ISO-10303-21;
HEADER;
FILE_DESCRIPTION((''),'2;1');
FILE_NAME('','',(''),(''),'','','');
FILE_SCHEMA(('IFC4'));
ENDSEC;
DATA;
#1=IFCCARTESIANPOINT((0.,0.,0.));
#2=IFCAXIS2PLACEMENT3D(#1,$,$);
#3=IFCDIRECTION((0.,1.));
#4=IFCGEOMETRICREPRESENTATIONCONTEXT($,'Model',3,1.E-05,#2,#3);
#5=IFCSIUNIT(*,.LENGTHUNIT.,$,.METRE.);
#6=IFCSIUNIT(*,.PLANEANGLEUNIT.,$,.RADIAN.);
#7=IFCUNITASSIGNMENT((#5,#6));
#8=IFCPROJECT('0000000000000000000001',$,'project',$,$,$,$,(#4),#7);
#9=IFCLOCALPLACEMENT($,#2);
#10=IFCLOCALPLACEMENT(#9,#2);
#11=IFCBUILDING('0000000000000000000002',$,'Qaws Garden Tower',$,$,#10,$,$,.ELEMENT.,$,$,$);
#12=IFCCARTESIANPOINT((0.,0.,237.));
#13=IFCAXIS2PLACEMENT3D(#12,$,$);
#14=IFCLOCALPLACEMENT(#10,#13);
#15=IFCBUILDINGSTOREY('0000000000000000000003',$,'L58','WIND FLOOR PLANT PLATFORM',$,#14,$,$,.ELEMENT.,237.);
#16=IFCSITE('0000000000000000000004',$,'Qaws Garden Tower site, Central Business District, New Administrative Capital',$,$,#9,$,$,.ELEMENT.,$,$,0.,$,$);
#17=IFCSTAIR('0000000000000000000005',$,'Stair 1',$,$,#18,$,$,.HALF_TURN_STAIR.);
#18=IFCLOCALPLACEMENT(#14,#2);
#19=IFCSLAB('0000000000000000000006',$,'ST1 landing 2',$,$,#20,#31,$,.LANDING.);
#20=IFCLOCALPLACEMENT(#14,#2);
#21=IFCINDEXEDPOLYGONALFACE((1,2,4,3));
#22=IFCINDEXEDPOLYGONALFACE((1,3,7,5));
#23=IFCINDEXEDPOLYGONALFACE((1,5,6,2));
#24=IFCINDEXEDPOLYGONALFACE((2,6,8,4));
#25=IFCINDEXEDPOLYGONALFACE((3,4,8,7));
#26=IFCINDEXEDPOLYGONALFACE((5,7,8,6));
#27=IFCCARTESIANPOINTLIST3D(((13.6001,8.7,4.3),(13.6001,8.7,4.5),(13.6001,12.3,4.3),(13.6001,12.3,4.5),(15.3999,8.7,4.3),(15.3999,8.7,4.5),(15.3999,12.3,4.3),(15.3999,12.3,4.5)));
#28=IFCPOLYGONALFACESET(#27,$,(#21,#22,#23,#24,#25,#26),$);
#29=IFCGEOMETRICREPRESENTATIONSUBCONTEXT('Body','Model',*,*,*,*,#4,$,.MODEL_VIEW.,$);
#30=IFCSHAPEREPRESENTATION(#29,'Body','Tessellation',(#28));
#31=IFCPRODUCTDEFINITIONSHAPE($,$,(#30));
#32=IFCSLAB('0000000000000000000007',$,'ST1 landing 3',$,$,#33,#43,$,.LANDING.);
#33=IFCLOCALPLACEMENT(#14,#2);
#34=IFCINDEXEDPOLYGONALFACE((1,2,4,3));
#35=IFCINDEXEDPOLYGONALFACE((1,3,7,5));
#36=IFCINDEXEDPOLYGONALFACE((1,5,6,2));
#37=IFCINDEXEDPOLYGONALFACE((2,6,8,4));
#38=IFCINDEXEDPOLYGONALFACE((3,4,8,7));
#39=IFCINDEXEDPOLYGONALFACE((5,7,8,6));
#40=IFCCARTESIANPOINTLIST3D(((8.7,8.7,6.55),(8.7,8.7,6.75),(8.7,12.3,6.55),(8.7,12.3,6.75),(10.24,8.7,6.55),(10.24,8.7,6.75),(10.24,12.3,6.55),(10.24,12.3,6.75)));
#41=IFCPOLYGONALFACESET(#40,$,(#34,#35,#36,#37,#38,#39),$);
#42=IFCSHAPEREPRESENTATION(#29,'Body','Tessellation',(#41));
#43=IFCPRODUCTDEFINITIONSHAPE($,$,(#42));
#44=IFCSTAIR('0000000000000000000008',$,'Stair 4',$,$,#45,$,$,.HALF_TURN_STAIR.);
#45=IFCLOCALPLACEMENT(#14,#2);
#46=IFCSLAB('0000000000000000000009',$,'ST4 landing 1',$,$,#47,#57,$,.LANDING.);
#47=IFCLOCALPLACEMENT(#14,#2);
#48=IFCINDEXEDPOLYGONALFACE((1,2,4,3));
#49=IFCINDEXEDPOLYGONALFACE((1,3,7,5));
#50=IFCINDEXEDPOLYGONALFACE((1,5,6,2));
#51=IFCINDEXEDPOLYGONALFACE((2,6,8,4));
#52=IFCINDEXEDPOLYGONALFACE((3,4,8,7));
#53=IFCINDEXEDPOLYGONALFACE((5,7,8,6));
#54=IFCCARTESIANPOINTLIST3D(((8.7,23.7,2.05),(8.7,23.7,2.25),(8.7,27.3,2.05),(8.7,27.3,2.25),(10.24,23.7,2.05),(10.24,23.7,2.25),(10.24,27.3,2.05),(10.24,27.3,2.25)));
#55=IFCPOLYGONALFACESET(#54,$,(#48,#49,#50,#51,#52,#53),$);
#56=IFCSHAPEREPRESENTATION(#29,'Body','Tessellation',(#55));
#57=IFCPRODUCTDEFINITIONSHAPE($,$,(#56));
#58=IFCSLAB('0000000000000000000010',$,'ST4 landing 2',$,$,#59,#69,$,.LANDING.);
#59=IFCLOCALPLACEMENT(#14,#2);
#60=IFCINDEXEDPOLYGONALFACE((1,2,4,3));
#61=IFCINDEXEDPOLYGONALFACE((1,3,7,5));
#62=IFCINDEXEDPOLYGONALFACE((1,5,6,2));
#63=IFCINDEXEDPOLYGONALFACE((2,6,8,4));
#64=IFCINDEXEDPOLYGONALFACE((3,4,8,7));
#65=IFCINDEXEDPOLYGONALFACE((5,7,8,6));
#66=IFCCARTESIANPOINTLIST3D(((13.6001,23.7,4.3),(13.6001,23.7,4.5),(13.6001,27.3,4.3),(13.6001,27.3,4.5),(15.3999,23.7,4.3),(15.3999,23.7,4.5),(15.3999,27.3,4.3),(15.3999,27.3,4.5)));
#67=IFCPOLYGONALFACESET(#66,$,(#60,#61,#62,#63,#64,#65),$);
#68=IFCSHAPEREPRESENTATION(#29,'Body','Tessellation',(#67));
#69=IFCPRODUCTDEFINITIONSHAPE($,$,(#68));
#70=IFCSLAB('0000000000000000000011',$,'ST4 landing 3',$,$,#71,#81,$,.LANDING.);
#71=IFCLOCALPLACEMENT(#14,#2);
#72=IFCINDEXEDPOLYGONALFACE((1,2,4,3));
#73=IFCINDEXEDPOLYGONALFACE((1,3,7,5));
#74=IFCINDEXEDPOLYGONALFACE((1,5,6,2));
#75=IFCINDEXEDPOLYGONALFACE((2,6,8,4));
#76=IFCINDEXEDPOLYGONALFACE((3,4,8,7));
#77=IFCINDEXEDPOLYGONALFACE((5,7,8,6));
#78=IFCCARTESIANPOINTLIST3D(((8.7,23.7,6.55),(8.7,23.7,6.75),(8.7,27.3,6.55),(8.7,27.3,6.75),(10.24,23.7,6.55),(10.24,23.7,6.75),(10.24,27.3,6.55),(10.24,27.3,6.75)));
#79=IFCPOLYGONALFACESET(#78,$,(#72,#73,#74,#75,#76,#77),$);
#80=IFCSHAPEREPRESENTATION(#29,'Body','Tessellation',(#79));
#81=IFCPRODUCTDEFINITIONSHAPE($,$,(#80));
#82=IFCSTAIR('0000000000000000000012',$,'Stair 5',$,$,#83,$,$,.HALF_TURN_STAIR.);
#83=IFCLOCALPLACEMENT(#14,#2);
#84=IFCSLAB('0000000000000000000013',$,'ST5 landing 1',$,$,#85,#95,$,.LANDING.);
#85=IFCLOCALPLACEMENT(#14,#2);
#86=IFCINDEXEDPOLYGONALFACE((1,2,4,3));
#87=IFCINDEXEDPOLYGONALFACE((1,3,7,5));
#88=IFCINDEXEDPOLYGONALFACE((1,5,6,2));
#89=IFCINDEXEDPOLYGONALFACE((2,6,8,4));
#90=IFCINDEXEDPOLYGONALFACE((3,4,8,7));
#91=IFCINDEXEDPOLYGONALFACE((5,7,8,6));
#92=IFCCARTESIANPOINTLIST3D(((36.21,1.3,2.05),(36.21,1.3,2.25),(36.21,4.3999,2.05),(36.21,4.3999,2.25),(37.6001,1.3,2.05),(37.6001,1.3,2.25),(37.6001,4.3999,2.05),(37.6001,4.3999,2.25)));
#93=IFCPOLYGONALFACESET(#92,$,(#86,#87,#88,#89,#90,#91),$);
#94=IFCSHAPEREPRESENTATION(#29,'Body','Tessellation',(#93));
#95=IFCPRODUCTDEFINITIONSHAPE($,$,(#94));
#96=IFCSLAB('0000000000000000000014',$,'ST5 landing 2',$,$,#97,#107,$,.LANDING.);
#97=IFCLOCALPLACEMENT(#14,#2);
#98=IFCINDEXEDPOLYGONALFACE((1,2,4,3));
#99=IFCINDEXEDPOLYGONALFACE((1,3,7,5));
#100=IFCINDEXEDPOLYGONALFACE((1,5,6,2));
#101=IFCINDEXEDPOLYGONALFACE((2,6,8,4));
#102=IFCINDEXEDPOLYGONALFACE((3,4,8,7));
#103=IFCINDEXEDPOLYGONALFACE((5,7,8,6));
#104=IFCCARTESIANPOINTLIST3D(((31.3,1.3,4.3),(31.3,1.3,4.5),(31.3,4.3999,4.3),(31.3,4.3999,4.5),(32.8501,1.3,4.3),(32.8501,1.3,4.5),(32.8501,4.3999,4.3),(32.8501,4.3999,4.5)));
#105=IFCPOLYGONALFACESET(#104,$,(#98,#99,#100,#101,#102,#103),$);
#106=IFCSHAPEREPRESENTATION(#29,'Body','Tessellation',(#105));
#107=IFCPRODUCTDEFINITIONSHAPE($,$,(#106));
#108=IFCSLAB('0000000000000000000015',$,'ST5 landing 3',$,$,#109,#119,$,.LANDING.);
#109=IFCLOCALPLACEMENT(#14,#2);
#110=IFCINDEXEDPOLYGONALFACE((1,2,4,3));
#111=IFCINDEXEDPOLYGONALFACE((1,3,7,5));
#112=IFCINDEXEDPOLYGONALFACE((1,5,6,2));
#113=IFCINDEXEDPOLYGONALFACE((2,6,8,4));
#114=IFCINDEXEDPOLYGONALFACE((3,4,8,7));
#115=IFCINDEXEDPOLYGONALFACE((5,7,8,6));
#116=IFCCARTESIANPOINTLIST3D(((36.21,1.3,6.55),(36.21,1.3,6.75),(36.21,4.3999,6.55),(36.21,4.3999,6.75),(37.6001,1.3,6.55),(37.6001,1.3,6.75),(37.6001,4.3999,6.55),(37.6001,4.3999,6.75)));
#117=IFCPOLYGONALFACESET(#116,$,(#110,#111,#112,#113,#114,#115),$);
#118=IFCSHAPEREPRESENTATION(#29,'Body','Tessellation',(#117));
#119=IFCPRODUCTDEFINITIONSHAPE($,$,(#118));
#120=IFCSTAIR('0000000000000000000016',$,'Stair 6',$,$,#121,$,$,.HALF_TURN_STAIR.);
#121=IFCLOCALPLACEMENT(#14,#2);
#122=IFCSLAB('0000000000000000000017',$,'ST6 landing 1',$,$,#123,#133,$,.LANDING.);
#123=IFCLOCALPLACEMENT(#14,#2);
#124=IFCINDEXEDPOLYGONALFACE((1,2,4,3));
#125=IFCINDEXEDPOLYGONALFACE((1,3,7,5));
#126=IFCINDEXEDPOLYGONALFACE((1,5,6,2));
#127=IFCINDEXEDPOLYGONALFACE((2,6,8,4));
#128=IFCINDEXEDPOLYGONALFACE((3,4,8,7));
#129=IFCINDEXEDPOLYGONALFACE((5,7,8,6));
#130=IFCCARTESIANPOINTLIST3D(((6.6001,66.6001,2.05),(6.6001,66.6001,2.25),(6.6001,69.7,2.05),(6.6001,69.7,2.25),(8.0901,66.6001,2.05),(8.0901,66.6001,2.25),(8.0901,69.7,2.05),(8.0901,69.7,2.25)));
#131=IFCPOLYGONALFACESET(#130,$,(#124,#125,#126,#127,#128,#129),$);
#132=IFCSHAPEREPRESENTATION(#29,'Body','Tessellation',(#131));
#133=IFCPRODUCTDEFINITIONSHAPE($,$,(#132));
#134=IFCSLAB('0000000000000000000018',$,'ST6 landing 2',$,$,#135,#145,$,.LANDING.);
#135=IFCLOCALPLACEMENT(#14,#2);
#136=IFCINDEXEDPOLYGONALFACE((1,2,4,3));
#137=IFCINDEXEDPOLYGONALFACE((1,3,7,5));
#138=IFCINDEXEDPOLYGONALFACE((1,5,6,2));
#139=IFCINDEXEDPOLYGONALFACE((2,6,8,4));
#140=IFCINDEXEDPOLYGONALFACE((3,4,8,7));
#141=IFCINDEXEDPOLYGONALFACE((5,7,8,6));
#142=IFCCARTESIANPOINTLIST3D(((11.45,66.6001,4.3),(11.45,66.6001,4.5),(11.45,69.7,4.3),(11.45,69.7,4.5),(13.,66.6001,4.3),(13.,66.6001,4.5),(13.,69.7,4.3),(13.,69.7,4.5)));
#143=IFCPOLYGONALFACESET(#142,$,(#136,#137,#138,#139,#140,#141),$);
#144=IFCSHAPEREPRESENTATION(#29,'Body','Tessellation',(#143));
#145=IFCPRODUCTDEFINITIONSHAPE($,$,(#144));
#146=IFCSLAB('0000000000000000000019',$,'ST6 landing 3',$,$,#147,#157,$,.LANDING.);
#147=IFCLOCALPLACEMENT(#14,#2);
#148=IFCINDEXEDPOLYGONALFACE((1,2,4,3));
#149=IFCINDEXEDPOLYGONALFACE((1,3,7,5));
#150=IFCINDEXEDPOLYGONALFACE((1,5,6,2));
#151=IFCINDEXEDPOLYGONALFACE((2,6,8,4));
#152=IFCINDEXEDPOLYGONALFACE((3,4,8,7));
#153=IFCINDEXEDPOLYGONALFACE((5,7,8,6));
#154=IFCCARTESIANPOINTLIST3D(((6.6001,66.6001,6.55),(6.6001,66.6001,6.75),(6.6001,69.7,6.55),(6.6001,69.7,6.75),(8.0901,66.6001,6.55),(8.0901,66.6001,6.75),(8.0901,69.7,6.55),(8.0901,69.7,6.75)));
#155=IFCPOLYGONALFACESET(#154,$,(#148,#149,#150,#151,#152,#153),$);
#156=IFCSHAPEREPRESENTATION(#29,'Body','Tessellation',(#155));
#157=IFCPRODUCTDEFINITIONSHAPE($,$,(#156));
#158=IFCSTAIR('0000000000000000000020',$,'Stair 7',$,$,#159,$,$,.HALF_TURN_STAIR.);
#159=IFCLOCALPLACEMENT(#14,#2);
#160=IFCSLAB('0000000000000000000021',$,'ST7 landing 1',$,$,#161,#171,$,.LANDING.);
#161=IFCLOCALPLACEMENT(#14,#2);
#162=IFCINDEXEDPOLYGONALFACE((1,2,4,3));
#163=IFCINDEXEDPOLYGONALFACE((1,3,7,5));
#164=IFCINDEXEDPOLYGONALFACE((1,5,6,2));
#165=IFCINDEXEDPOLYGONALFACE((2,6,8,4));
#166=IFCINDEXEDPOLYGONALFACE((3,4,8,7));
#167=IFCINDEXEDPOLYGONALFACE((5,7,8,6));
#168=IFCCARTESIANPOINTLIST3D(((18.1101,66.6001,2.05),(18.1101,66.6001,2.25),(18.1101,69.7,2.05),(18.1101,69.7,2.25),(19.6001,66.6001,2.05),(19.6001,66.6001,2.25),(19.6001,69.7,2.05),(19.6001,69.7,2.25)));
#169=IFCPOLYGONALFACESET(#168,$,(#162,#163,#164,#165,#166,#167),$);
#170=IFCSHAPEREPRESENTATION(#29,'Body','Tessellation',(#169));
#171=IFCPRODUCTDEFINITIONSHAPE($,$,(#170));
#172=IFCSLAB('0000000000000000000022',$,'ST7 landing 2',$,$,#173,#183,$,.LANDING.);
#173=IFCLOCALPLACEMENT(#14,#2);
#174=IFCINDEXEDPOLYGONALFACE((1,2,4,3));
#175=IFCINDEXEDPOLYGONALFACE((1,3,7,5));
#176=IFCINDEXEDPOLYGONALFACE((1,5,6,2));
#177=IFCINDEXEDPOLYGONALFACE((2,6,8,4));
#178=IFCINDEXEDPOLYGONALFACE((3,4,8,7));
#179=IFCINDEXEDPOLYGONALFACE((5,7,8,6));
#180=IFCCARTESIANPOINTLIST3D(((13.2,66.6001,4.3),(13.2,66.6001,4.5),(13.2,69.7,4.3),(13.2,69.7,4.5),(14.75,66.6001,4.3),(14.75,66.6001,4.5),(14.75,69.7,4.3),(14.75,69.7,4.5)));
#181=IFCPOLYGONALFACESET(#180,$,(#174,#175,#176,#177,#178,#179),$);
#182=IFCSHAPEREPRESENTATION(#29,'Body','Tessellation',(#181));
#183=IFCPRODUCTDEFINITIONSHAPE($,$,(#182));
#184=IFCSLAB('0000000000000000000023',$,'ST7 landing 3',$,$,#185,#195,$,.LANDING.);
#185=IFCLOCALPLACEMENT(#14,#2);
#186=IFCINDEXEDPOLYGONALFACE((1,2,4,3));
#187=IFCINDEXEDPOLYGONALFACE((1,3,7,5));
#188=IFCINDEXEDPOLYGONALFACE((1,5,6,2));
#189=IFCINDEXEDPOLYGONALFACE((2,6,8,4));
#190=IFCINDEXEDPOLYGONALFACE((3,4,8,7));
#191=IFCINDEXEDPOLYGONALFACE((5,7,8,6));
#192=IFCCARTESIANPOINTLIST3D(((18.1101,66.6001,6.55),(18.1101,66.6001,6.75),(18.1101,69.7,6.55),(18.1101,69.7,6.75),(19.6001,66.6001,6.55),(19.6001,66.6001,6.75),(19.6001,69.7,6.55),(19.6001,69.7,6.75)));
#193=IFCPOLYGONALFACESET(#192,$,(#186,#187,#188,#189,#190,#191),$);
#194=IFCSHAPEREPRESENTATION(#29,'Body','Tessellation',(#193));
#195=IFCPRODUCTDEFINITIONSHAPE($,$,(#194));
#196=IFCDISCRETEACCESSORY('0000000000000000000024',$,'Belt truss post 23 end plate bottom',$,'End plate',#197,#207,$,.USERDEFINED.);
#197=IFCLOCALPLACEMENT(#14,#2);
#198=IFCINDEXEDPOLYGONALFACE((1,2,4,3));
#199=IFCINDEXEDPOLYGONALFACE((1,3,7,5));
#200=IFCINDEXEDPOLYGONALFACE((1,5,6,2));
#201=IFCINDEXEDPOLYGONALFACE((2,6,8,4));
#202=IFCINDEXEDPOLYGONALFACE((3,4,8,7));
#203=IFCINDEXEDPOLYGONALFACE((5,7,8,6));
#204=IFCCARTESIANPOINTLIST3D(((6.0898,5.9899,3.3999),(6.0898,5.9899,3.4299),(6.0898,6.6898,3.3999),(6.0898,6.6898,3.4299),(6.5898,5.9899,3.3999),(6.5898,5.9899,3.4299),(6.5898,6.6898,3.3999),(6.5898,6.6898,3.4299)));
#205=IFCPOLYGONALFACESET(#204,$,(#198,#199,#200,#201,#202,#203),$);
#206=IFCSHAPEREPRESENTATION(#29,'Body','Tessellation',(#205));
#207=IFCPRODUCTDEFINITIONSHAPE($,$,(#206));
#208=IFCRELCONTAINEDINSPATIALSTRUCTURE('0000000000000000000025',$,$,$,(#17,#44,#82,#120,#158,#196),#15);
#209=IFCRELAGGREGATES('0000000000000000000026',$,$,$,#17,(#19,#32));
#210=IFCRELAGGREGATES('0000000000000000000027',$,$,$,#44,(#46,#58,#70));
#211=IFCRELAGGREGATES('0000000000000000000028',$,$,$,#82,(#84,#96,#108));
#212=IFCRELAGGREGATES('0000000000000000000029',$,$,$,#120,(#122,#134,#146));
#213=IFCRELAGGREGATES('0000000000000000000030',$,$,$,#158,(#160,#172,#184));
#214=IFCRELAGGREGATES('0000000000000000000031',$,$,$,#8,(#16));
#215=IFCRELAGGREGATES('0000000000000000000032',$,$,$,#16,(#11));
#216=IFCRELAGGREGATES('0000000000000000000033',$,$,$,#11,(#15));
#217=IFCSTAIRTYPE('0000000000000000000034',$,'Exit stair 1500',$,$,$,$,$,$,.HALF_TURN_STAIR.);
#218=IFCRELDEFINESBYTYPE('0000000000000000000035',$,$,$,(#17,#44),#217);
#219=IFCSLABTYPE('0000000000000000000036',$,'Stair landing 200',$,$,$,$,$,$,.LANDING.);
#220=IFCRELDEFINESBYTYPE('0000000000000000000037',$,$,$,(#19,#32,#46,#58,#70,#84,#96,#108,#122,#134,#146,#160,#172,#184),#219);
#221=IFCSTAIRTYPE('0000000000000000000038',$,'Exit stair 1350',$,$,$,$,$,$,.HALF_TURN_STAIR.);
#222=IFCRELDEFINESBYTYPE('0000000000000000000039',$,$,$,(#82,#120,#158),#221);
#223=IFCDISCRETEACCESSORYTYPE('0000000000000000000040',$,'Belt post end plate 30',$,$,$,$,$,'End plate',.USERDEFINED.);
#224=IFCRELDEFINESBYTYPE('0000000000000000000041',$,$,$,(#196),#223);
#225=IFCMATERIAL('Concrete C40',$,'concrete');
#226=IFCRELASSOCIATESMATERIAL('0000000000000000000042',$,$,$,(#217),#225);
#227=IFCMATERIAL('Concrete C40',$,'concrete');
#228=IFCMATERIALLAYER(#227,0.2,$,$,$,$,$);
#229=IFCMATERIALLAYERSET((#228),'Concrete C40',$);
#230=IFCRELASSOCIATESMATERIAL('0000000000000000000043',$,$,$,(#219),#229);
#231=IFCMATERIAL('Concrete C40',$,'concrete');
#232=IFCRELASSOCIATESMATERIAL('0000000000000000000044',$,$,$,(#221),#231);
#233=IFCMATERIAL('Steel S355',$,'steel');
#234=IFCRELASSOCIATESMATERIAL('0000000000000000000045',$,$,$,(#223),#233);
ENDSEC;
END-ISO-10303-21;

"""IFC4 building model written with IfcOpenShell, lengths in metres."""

from ifc_helpers import new_model, si_unit, direction, frame, origin, origin_2d, place, context, subcontext, project, spatial, polyline, rectangle, outline, extrude, material, layer, layer_set, type_object, element, aggregate, save


model = new_model("IFC4")

# Units and contexts
model_context = context("Model", 3, precision=1e-05, world=origin(), true_north=direction((0.0, 1.0)))
body_context = subcontext(model_context, "Body", "Model", "MODEL_VIEW")
ifc_project = project(units=[si_unit("LENGTHUNIT", "METRE"), si_unit("PLANEANGLEUNIT", "RADIAN")], contexts=[model_context])

# Site, building, storey
site_placement = place(None, origin())
site = spatial("IfcSite", under=ifc_project, at=site_placement, Name="Qaws Garden Tower site, Central Business District, New Administrative Capital", CompositionType="ELEMENT", RefElevation=0.0)
building_placement = place(site_placement, origin())
building = spatial("IfcBuilding", under=site, at=building_placement, Name="Qaws Garden Tower", CompositionType="ELEMENT")
storey_placement = place(building_placement, frame((0.0, 0.0, 237.0)))
storey = spatial("IfcBuildingStorey", under=building, at=storey_placement, Name="L58", Description="WIND FLOOR PLANT PLATFORM", CompositionType="ELEMENT", Elevation=237.0)

# Shared definitions
placement_1 = place(storey_placement, frame((6.3398, 6.3398, 3.3999), z_axis=(0.0, 0.0, 1.0), x_axis=(1.0, 0.0, 0.0)))

# Stairs, slabs
ifc_material_1 = material(Name="Concrete C40", Category="concrete")
stair_type_1 = type_object("IfcStairType", Name="Exit stair 1500", PredefinedType="HALF_TURN_STAIR", material=ifc_material_1)
placement_2 = place(storey_placement, origin())
stair_1 = element("IfcStair", 1, at=placement_2, inside=storey, type_object=stair_type_1, Name="Stair 1", PredefinedType="HALF_TURN_STAIR")
ifc_material_2 = material(Name="Concrete C40", Category="concrete")
ifc_layer_1 = layer(ifc_material_2, 0.2)
ifc_layer_set_1 = layer_set([ifc_layer_1], Name="Concrete C40")
slab_type_1 = type_object("IfcSlabType", Name="Stair landing 200", PredefinedType="LANDING", material=ifc_layer_set_1)
placement_3 = place(storey_placement, frame((0.0, 0.0, 2.05)))
placement_4 = place(storey_placement, frame((0.0, 0.0, 4.3)))
slab_1 = element("IfcSlab", 2, at=placement_4, type_object=slab_type_1, Name="ST1 landing 2", PredefinedType="LANDING", context=body_context, shape_type="SweptSolid", body=[
    extrude(outline(polyline([(13.6001, 8.7), (15.3999, 8.7), (15.3999, 12.3), (13.6001, 12.3), (13.6001, 8.7)])), origin(), (0.0, 0.0, 1.0), 0.2),
])
placement_5 = place(storey_placement, frame((0.0, 0.0, 6.55)))
slab_2 = element("IfcSlab", 3, at=placement_5, type_object=slab_type_1, Name="ST1 landing 3", PredefinedType="LANDING", context=body_context, shape_type="SweptSolid", body=[
    extrude(outline(polyline([(8.7, 8.7), (10.24, 8.7), (10.24, 12.3), (8.7, 12.3), (8.7, 8.7)])), origin(), (0.0, 0.0, 1.0), 0.2),
])
aggregate(stair_1, [slab_1, slab_2])
stair_2 = element("IfcStair", 4, at=placement_2, inside=storey, type_object=stair_type_1, Name="Stair 4", PredefinedType="HALF_TURN_STAIR")
slab_3 = element("IfcSlab", 5, at=placement_3, type_object=slab_type_1, Name="ST4 landing 1", PredefinedType="LANDING", context=body_context, shape_type="SweptSolid", body=[
    extrude(outline(polyline([(8.7, 23.7), (10.24, 23.7), (10.24, 27.3), (8.7, 27.3), (8.7, 23.7)])), origin(), (0.0, 0.0, 1.0), 0.2),
])
slab_4 = element("IfcSlab", 6, at=placement_4, type_object=slab_type_1, Name="ST4 landing 2", PredefinedType="LANDING", context=body_context, shape_type="SweptSolid", body=[
    extrude(outline(polyline([(13.6001, 23.7), (15.3999, 23.7), (15.3999, 27.3), (13.6001, 27.3), (13.6001, 23.7)])), origin(), (0.0, 0.0, 1.0), 0.2),
])
slab_5 = element("IfcSlab", 7, at=placement_5, type_object=slab_type_1, Name="ST4 landing 3", PredefinedType="LANDING", context=body_context, shape_type="SweptSolid", body=[
    extrude(outline(polyline([(8.7, 23.7), (10.24, 23.7), (10.24, 27.3), (8.7, 27.3), (8.7, 23.7)])), origin(), (0.0, 0.0, 1.0), 0.2),
])
aggregate(stair_2, [slab_3, slab_4, slab_5])
ifc_material_3 = material(Name="Concrete C40", Category="concrete")
stair_type_2 = type_object("IfcStairType", Name="Exit stair 1350", PredefinedType="HALF_TURN_STAIR", material=ifc_material_3)
stair_3 = element("IfcStair", 8, at=placement_2, inside=storey, type_object=stair_type_2, Name="Stair 5", PredefinedType="HALF_TURN_STAIR")
slab_6 = element("IfcSlab", 9, at=placement_3, type_object=slab_type_1, Name="ST5 landing 1", PredefinedType="LANDING", context=body_context, shape_type="SweptSolid", body=[
    extrude(outline(polyline([(36.21, 1.3), (37.6001, 1.3), (37.6001, 4.3999), (36.21, 4.3999), (36.21, 1.3)])), origin(), (0.0, 0.0, 1.0), 0.2),
])
slab_7 = element("IfcSlab", 10, at=placement_4, type_object=slab_type_1, Name="ST5 landing 2", PredefinedType="LANDING", context=body_context, shape_type="SweptSolid", body=[
    extrude(outline(polyline([(31.3, 1.3), (32.8501, 1.3), (32.8501, 4.3999), (31.3, 4.3999), (31.3, 1.3)])), origin(), (0.0, 0.0, 1.0), 0.2),
])
slab_8 = element("IfcSlab", 11, at=placement_5, type_object=slab_type_1, Name="ST5 landing 3", PredefinedType="LANDING", context=body_context, shape_type="SweptSolid", body=[
    extrude(outline(polyline([(36.21, 1.3), (37.6001, 1.3), (37.6001, 4.3999), (36.21, 4.3999), (36.21, 1.3)])), origin(), (0.0, 0.0, 1.0), 0.2),
])
aggregate(stair_3, [slab_6, slab_7, slab_8])
stair_4 = element("IfcStair", 12, at=placement_2, inside=storey, type_object=stair_type_2, Name="Stair 6", PredefinedType="HALF_TURN_STAIR")
slab_9 = element("IfcSlab", 13, at=placement_3, type_object=slab_type_1, Name="ST6 landing 1", PredefinedType="LANDING", context=body_context, shape_type="SweptSolid", body=[
    extrude(outline(polyline([(6.6001, 66.6001), (8.0901, 66.6001), (8.0901, 69.7), (6.6001, 69.7), (6.6001, 66.6001)])), origin(), (0.0, 0.0, 1.0), 0.2),
])
slab_10 = element("IfcSlab", 14, at=placement_4, type_object=slab_type_1, Name="ST6 landing 2", PredefinedType="LANDING", context=body_context, shape_type="SweptSolid", body=[
    extrude(outline(polyline([(11.45, 66.6001), (13.0, 66.6001), (13.0, 69.7), (11.45, 69.7), (11.45, 66.6001)])), origin(), (0.0, 0.0, 1.0), 0.2),
])
slab_11 = element("IfcSlab", 15, at=placement_5, type_object=slab_type_1, Name="ST6 landing 3", PredefinedType="LANDING", context=body_context, shape_type="SweptSolid", body=[
    extrude(outline(polyline([(6.6001, 66.6001), (8.0901, 66.6001), (8.0901, 69.7), (6.6001, 69.7), (6.6001, 66.6001)])), origin(), (0.0, 0.0, 1.0), 0.2),
])
aggregate(stair_4, [slab_9, slab_10, slab_11])
stair_5 = element("IfcStair", 16, at=placement_2, inside=storey, type_object=stair_type_2, Name="Stair 7", PredefinedType="HALF_TURN_STAIR")
slab_12 = element("IfcSlab", 17, at=placement_3, type_object=slab_type_1, Name="ST7 landing 1", PredefinedType="LANDING", context=body_context, shape_type="SweptSolid", body=[
    extrude(outline(polyline([(18.1101, 66.6001), (19.6001, 66.6001), (19.6001, 69.7), (18.1101, 69.7), (18.1101, 66.6001)])), origin(), (0.0, 0.0, 1.0), 0.2),
])
slab_13 = element("IfcSlab", 18, at=placement_4, type_object=slab_type_1, Name="ST7 landing 2", PredefinedType="LANDING", context=body_context, shape_type="SweptSolid", body=[
    extrude(outline(polyline([(13.2, 66.6001), (14.75, 66.6001), (14.75, 69.7), (13.2, 69.7), (13.2, 66.6001)])), origin(), (0.0, 0.0, 1.0), 0.2),
])
slab_14 = element("IfcSlab", 19, at=placement_5, type_object=slab_type_1, Name="ST7 landing 3", PredefinedType="LANDING", context=body_context, shape_type="SweptSolid", body=[
    extrude(outline(polyline([(18.1101, 66.6001), (19.6001, 66.6001), (19.6001, 69.7), (18.1101, 69.7), (18.1101, 66.6001)])), origin(), (0.0, 0.0, 1.0), 0.2),
])
aggregate(stair_5, [slab_12, slab_13, slab_14])

# Discrete accessory
ifc_material_4 = material(Name="Steel S355", Category="steel")
discrete_accessory_type = type_object("IfcDiscreteAccessoryType", Name="Belt post end plate 30", ElementType="End plate", PredefinedType="USERDEFINED", material=ifc_material_4)
element("IfcDiscreteAccessory", 20, at=placement_1, inside=storey, type_object=discrete_accessory_type, Name="Belt truss post 23 end plate bottom", ObjectType="End plate", PredefinedType="USERDEFINED", context=body_context, shape_type="SweptSolid", body=[
    extrude(rectangle(XDim=0.5, YDim=0.7, at=origin_2d()), origin(), (0.0, 0.0, 1.0), 0.03),
])

save(model, "model.ifc")
